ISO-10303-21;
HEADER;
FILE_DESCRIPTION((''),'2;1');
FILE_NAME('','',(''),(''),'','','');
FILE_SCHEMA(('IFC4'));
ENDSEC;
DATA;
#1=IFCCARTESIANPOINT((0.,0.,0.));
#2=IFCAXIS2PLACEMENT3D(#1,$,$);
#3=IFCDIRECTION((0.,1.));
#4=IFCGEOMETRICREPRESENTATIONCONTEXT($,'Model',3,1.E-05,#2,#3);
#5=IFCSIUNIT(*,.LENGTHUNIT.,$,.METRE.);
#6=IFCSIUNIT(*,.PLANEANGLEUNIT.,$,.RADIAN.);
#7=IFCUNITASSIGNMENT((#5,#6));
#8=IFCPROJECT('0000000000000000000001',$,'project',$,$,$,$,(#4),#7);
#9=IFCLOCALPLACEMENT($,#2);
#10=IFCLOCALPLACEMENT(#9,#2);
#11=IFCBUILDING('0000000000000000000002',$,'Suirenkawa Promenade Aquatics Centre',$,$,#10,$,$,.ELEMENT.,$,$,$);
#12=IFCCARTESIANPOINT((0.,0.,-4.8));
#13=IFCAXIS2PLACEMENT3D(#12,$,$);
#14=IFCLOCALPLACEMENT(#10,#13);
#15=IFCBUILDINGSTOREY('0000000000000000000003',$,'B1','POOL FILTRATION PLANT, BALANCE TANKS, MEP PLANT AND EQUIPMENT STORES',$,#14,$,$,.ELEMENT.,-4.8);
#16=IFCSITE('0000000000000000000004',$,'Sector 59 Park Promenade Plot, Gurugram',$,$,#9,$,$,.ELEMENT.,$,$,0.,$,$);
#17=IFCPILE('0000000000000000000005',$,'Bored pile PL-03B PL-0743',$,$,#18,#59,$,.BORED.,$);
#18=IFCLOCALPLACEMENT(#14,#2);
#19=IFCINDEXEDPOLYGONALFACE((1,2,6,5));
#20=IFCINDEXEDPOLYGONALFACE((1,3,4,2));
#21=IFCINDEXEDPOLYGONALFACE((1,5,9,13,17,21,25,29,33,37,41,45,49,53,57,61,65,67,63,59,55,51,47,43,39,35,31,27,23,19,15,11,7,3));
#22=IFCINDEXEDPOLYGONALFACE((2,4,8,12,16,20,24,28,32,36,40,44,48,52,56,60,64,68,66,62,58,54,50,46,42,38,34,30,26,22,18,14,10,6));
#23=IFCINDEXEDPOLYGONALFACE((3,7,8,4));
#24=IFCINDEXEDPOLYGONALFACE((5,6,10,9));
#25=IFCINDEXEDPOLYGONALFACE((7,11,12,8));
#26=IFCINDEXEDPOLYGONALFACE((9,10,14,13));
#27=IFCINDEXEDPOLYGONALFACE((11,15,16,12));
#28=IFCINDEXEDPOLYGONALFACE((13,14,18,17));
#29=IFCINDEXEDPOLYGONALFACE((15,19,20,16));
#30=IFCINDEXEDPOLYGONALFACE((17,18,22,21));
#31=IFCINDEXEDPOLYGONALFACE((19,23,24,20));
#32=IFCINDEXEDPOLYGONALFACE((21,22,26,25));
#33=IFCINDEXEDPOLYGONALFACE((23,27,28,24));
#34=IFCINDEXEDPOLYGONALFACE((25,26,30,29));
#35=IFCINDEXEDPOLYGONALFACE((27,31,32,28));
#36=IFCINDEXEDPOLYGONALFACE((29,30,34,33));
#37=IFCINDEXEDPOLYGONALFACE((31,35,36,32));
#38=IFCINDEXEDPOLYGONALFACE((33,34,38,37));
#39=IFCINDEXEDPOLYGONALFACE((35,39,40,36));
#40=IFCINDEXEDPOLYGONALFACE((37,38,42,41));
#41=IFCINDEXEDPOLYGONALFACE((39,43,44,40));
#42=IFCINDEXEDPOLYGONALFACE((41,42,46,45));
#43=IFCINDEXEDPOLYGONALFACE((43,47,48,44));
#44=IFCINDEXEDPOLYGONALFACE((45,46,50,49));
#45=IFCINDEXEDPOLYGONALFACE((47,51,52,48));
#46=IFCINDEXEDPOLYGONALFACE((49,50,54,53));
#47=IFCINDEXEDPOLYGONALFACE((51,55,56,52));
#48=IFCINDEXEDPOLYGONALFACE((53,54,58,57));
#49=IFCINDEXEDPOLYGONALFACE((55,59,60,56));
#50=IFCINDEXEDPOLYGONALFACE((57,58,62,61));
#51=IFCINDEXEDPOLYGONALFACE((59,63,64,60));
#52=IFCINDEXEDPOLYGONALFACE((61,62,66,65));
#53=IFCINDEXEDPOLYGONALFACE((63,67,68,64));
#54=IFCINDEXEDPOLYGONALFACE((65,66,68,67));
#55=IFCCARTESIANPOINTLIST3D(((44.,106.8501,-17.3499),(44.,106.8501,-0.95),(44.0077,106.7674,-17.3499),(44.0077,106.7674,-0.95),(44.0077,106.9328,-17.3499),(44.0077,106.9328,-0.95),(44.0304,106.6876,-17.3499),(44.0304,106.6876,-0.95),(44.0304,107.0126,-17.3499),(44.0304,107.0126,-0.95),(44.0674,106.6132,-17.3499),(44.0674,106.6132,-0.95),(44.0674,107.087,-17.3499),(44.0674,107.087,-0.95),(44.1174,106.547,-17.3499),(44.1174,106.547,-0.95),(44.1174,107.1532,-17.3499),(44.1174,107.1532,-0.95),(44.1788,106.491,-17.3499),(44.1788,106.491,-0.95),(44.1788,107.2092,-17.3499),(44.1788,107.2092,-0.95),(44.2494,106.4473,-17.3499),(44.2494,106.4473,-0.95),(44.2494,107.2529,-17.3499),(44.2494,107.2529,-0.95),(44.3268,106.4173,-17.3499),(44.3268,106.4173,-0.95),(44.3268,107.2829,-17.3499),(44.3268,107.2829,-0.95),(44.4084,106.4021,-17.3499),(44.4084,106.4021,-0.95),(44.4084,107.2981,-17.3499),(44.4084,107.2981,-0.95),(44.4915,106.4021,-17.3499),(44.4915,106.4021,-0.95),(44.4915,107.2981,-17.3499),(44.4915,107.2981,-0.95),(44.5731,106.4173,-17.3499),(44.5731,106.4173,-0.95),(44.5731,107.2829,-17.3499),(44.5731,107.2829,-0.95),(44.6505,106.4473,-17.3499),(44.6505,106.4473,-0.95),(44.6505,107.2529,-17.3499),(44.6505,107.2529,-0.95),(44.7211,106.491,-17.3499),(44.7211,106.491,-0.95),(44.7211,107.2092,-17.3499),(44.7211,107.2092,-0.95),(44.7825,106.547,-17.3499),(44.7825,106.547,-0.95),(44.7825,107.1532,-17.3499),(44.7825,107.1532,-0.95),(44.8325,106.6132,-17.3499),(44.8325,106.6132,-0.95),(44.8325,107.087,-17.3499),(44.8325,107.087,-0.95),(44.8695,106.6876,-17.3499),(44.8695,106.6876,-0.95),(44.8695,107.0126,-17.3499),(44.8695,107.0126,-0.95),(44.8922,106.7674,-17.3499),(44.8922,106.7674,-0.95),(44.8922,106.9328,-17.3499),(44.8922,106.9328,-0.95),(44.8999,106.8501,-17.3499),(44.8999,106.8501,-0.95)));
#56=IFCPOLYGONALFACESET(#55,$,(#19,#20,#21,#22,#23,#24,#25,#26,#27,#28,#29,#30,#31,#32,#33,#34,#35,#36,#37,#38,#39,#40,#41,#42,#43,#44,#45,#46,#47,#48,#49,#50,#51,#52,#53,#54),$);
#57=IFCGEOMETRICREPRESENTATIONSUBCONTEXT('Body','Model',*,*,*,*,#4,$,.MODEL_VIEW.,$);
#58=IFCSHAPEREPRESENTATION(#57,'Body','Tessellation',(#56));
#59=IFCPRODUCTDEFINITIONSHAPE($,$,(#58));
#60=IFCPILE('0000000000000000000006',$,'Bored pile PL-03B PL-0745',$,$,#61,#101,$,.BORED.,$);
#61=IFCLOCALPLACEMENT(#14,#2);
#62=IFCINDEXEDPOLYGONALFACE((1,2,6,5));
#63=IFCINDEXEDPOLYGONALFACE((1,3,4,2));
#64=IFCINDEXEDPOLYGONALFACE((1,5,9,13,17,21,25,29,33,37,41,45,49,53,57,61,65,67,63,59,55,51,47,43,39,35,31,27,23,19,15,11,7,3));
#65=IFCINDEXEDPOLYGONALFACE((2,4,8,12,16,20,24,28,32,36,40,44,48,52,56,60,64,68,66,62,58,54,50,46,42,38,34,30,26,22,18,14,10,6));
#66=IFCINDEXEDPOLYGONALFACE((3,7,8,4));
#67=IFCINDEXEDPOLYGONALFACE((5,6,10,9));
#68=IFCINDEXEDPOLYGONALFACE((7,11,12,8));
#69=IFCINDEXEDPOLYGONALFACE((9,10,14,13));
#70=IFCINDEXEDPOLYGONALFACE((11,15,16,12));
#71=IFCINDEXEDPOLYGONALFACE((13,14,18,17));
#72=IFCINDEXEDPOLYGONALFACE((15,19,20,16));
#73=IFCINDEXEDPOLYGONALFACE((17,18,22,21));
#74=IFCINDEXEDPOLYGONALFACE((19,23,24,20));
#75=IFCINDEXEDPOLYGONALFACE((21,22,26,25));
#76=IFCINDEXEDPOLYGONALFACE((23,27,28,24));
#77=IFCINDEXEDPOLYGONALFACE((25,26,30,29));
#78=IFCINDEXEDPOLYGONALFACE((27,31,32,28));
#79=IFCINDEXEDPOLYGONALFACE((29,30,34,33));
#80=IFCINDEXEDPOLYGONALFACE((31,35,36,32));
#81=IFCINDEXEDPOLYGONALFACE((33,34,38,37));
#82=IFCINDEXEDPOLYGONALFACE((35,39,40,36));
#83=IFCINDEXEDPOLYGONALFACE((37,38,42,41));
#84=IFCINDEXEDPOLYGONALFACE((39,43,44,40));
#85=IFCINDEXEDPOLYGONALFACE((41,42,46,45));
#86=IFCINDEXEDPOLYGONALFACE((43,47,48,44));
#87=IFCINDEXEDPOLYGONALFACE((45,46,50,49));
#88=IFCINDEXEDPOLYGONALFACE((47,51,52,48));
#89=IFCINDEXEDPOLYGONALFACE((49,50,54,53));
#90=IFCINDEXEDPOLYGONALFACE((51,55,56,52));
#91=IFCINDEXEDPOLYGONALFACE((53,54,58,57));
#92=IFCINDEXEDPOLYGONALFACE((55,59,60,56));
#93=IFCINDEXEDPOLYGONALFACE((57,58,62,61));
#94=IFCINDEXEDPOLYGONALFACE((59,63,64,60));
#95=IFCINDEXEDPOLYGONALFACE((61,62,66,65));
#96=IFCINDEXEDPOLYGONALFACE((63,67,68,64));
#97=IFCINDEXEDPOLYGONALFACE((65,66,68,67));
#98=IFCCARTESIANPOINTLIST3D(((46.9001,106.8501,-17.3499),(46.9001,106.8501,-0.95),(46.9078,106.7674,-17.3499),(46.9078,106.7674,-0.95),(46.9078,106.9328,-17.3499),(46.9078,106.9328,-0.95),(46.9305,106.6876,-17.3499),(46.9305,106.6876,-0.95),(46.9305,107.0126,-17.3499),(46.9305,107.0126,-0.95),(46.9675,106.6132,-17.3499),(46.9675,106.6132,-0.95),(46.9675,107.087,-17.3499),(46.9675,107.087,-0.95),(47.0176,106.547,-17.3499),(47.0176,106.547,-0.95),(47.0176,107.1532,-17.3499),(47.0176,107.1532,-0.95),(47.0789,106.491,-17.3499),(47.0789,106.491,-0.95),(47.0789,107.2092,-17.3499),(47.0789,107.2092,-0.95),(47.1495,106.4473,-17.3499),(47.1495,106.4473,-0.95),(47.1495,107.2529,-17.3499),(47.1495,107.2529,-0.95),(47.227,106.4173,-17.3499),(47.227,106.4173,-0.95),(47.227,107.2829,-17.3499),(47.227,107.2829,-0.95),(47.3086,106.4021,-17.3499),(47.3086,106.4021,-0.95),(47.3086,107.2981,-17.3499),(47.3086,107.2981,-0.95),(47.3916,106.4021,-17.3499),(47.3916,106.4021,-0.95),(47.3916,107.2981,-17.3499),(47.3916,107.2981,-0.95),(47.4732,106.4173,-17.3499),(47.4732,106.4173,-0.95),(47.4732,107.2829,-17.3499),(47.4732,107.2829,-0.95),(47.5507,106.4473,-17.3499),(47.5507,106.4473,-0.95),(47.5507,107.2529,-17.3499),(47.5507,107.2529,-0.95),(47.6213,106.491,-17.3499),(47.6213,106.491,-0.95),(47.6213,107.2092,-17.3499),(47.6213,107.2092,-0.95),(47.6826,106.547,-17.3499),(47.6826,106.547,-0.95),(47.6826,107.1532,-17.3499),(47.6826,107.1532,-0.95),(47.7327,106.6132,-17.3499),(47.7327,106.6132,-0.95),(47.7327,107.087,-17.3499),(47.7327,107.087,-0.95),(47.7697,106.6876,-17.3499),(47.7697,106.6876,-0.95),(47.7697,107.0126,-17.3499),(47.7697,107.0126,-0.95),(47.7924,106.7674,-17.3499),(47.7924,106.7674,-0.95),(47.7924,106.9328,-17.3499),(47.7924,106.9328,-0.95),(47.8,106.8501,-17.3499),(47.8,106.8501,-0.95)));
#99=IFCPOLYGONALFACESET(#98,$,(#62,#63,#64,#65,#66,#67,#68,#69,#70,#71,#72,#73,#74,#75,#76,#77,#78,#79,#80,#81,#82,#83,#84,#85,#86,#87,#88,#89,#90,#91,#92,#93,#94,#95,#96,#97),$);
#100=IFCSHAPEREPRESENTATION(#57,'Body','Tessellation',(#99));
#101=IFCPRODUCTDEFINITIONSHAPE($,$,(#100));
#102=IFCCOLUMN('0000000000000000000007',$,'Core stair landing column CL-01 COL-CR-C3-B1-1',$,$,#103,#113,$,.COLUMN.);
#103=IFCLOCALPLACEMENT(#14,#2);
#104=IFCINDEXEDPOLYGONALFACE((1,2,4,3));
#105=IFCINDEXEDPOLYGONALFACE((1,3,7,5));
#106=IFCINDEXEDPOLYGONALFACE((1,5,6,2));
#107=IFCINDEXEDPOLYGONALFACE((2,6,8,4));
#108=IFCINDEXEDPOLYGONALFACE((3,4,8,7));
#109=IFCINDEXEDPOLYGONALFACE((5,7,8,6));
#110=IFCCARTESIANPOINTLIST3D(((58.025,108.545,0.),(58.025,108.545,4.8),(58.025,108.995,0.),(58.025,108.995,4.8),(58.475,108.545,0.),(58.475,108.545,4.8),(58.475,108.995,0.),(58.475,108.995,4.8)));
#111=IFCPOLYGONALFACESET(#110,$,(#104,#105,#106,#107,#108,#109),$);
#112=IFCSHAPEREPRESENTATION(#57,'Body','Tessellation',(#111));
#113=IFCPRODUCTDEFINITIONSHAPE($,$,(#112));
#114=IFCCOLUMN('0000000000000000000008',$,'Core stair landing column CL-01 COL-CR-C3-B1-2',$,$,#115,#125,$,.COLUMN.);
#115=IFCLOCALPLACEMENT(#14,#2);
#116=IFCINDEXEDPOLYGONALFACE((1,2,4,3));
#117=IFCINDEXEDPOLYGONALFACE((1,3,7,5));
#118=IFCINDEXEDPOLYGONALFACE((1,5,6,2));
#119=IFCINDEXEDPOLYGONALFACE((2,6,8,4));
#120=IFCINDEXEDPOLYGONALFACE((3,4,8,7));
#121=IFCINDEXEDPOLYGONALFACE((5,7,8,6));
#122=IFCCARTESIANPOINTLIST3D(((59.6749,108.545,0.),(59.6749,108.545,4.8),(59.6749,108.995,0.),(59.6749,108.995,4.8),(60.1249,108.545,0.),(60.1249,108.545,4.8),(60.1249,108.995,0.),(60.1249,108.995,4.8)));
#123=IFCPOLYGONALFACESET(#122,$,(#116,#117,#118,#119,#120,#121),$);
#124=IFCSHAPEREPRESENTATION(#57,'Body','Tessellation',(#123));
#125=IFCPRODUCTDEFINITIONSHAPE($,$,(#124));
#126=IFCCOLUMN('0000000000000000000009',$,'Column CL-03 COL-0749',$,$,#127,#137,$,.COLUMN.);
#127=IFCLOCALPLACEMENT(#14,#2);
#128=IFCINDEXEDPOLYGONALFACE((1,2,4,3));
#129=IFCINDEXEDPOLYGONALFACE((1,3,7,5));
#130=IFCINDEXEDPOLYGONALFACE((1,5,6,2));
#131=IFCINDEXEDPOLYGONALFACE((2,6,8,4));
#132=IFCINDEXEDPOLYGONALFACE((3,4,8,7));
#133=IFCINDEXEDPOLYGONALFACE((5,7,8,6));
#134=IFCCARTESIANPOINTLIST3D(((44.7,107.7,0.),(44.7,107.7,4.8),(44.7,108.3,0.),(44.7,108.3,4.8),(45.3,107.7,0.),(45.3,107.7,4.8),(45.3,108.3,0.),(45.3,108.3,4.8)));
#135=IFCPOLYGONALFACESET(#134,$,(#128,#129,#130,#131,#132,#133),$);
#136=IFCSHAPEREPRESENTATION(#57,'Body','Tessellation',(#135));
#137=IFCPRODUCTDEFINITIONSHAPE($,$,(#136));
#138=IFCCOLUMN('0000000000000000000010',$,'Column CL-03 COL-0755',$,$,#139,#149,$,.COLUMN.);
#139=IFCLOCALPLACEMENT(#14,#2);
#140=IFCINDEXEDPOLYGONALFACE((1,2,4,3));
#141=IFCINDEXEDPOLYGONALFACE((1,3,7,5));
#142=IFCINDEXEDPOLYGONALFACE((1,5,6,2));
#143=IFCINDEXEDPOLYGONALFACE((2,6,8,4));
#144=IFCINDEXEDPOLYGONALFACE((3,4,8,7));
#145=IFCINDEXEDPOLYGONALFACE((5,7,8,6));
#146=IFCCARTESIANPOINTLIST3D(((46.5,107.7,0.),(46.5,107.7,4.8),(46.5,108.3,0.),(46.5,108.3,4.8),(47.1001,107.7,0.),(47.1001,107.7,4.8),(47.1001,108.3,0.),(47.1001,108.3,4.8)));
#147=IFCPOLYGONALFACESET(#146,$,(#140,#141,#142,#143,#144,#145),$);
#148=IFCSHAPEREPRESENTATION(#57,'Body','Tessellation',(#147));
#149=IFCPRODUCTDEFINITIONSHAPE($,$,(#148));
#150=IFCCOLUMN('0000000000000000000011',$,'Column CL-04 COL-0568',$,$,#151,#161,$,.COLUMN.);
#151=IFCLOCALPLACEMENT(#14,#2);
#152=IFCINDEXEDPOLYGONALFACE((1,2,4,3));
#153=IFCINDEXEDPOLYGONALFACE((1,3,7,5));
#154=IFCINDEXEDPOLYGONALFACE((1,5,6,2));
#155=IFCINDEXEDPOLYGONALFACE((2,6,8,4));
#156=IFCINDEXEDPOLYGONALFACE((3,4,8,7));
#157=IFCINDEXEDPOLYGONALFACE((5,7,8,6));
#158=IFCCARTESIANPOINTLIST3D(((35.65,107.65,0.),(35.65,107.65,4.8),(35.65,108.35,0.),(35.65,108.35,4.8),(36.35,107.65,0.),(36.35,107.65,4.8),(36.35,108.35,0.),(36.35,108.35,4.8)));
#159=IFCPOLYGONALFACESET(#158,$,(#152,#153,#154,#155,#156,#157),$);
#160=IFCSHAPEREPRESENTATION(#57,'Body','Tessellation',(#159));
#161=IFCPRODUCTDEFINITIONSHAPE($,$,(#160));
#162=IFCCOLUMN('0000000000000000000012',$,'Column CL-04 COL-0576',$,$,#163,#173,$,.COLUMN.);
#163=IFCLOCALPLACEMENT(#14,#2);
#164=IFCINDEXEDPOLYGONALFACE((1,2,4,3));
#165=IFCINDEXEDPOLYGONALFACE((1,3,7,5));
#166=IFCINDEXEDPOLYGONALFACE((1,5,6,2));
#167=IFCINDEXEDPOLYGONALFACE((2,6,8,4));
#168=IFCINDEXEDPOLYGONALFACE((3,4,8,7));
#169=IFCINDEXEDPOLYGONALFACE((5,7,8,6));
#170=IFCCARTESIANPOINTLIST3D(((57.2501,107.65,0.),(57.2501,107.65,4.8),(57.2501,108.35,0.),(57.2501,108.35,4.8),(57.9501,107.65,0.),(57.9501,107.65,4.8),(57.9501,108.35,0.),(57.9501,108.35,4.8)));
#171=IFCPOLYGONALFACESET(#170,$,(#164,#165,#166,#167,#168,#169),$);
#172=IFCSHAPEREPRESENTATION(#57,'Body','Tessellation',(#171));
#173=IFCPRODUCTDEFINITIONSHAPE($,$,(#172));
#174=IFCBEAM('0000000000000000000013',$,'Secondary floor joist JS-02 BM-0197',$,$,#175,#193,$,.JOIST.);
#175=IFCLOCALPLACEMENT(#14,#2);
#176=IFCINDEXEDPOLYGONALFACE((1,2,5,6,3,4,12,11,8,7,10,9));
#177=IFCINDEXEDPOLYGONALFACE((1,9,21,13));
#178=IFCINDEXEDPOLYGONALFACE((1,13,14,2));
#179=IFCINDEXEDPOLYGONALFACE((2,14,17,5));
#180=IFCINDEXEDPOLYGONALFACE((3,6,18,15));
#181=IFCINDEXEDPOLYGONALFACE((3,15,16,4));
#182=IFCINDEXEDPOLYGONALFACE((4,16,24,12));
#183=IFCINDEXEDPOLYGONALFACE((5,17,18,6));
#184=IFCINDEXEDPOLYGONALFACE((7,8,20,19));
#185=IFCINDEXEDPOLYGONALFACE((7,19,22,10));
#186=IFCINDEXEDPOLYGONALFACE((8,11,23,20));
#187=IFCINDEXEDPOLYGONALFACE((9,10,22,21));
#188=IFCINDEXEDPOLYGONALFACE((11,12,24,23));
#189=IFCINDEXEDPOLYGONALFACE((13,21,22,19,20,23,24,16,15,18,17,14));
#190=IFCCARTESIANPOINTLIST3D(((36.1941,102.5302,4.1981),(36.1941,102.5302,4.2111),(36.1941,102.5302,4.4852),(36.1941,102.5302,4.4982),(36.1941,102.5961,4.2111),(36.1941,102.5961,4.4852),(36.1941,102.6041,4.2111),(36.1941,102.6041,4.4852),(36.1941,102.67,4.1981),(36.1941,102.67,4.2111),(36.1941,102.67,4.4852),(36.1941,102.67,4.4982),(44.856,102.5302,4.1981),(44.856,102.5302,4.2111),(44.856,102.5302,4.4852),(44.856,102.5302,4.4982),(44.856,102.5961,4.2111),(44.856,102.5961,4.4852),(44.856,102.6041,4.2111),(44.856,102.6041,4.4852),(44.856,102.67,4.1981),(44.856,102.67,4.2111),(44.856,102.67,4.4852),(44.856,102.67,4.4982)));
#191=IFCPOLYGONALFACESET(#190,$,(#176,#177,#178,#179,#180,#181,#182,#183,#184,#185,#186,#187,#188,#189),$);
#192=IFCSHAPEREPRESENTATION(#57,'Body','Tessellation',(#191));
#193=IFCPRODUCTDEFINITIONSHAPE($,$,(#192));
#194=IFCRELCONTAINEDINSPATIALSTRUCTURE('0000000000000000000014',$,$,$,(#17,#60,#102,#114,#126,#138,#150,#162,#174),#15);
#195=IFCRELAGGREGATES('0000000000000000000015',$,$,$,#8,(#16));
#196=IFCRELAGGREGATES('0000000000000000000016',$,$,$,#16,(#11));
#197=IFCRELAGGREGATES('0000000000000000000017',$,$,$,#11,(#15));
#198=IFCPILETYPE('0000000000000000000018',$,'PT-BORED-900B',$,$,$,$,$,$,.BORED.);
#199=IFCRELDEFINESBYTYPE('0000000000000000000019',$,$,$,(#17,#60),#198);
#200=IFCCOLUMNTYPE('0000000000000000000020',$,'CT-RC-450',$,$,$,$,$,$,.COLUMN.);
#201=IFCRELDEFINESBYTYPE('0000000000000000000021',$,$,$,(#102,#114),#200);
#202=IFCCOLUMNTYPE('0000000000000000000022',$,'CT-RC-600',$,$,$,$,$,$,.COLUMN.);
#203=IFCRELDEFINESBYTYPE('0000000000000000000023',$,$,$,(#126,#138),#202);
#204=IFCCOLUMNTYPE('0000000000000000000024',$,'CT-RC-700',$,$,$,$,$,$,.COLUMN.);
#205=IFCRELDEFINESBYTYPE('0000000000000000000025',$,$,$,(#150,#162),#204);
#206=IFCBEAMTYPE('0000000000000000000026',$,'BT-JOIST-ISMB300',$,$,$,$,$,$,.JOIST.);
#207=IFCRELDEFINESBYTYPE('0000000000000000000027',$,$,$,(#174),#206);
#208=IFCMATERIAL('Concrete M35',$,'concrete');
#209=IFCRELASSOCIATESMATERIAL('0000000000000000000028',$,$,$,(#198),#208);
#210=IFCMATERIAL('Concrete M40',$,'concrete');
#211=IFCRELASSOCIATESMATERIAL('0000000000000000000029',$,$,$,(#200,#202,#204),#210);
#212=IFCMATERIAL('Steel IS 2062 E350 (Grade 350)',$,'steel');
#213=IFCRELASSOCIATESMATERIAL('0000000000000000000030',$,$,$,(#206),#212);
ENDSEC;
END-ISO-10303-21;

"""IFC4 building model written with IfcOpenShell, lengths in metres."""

from ifc_helpers import new_model, si_unit, direction, frame, origin, origin_2d, place, context, subcontext, project, spatial, rectangle, circle, i_section, extrude, material, material_profile, profile_set, type_object, element, save


model = new_model("IFC4")

# Units and contexts
model_context = context("Model", 3, precision=1e-05, world=origin(), true_north=direction((0.0, 1.0)))
body_context = subcontext(model_context, "Body", "Model", "MODEL_VIEW")
ifc_project = project(units=[si_unit("LENGTHUNIT", "METRE"), si_unit("PLANEANGLEUNIT", "RADIAN")], contexts=[model_context])

# Site, building, storey
site_placement = place(None, origin())
site = spatial("IfcSite", under=ifc_project, at=site_placement, Name="Sector 59 Park Promenade Plot, Gurugram", CompositionType="ELEMENT", RefElevation=0.0)
building_placement = place(site_placement, origin())
building = spatial("IfcBuilding", under=site, at=building_placement, Name="Suirenkawa Promenade Aquatics Centre", CompositionType="ELEMENT")
storey_placement = place(building_placement, frame((0.0, 0.0, -4.8)))
storey = spatial("IfcBuildingStorey", under=building, at=storey_placement, Name="B1", Description="POOL FILTRATION PLANT, BALANCE TANKS, MEP PLANT AND EQUIPMENT STORES", CompositionType="ELEMENT", Elevation=-4.8)

# Shared definitions
ifc_material_1 = material(Name="Concrete M35", Category="concrete")

# Piles
ifc_material_profile_1 = material_profile(ifc_material_1, circle(Radius=0.45, at=origin_2d()), Name="PILE D900", Category="concrete")
ifc_profile_set_1 = profile_set([ifc_material_profile_1], Name="Concrete M35")
pile_type_1 = type_object("IfcPileType", Name="PT-BORED-900B", PredefinedType="BORED", material=ifc_profile_set_1)
for number, where, z_axis, x_axis, name in (
    (1, (44.45, 106.8501, -0.95), (0.0, 0.0, -1.0), (1.0, 0.0, 0.0), "Bored pile PL-03B PL-0743"),
    (2, (47.3501, 106.8501, -0.95), (0.0, 0.0, -1.0), (1.0, 0.0, 0.0), "Bored pile PL-03B PL-0745"),
):
    element("IfcPile", number, at=place(storey_placement, frame(where, z_axis=z_axis, x_axis=x_axis)), inside=storey, type_object=pile_type_1, Name=name, PredefinedType="BORED", context=body_context, shape_type="SweptSolid", body=[
        extrude(circle(Radius=0.45, at=origin_2d()), origin(), (0.0, 0.0, 1.0), 16.3999),
    ])

# Columns
ifc_material_2 = material(Name="Concrete M40", Category="concrete")
ifc_material_profile_2 = material_profile(ifc_material_2, rectangle(XDim=0.45, YDim=0.45, at=origin_2d()), Name="RC COL 450x450", Category="concrete")
ifc_profile_set_2 = profile_set([ifc_material_profile_2], Name="Concrete M40")
column_type_1 = type_object("IfcColumnType", Name="CT-RC-450", PredefinedType="COLUMN", material=ifc_profile_set_2)
for number, where, z_axis, x_axis, name in (
    (3, (58.25, 108.77, 0.0), (0.0, 0.0, 1.0), (1.0, 0.0, 0.0), "Core stair landing column CL-01 COL-CR-C3-B1-1"),
    (4, (59.8999, 108.77, 0.0), (0.0, 0.0, 1.0), (1.0, 0.0, 0.0), "Core stair landing column CL-01 COL-CR-C3-B1-2"),
):
    element("IfcColumn", number, at=place(storey_placement, frame(where, z_axis=z_axis, x_axis=x_axis)), inside=storey, type_object=column_type_1, Name=name, PredefinedType="COLUMN", context=body_context, shape_type="SweptSolid", body=[
        extrude(rectangle(XDim=0.45, YDim=0.45, at=origin_2d()), origin(), (0.0, 0.0, 1.0), 4.8),
    ])
ifc_material_profile_3 = material_profile(ifc_material_2, rectangle(XDim=0.6001, YDim=0.6001, at=origin_2d()), Name="RC COL 600x600", Category="concrete")
ifc_profile_set_3 = profile_set([ifc_material_profile_3], Name="Concrete M40")
column_type_2 = type_object("IfcColumnType", Name="CT-RC-600", PredefinedType="COLUMN", material=ifc_profile_set_3)
for number, where, z_axis, x_axis, name in (
    (5, (45.0, 108.0, 0.0), (0.0, 0.0, 1.0), (1.0, 0.0, 0.0), "Column CL-03 COL-0749"),
    (6, (46.8, 108.0, 0.0), (0.0, 0.0, 1.0), (1.0, 0.0, 0.0), "Column CL-03 COL-0755"),
):
    element("IfcColumn", number, at=place(storey_placement, frame(where, z_axis=z_axis, x_axis=x_axis)), inside=storey, type_object=column_type_2, Name=name, PredefinedType="COLUMN", context=body_context, shape_type="SweptSolid", body=[
        extrude(rectangle(XDim=0.6001, YDim=0.6001, at=origin_2d()), origin(), (0.0, 0.0, 1.0), 4.8),
    ])
ifc_material_profile_4 = material_profile(ifc_material_2, rectangle(XDim=0.7, YDim=0.7, at=origin_2d()), Name="RC COL 700x700", Category="concrete")
ifc_profile_set_4 = profile_set([ifc_material_profile_4], Name="Concrete M40")
column_type_3 = type_object("IfcColumnType", Name="CT-RC-700", PredefinedType="COLUMN", material=ifc_profile_set_4)
for number, where, z_axis, x_axis, name in (
    (7, (36.0, 108.0, 0.0), (0.0, 0.0, 1.0), (1.0, 0.0, 0.0), "Column CL-04 COL-0568"),
    (8, (57.6001, 108.0, 0.0), (0.0, 0.0, 1.0), (1.0, 0.0, 0.0), "Column CL-04 COL-0576"),
):
    element("IfcColumn", number, at=place(storey_placement, frame(where, z_axis=z_axis, x_axis=x_axis)), inside=storey, type_object=column_type_3, Name=name, PredefinedType="COLUMN", context=body_context, shape_type="SweptSolid", body=[
        extrude(rectangle(XDim=0.7, YDim=0.7, at=origin_2d()), origin(), (0.0, 0.0, 1.0), 4.8),
    ])

# Beam
ifc_material_3 = material(Name="Steel IS 2062 E350 (Grade 350)", Category="steel")
ifc_material_profile_5 = material_profile(ifc_material_3, i_section(OverallWidth=0.1399, OverallDepth=0.3, WebThickness=0.0081, FlangeThickness=0.0129, at=origin_2d()), Name="ISMB 300", Category="steel")
ifc_profile_set_5 = profile_set([ifc_material_profile_5], Name="Steel IS 2062 E350 (Grade 350)")
beam_type_1 = type_object("IfcBeamType", Name="BT-JOIST-ISMB300", PredefinedType="JOIST", material=ifc_profile_set_5)
beam_1_placement = place(storey_placement, frame((36.1941, 102.6001, 4.3481), z_axis=(1.0, 0.0, 0.0), x_axis=(0.0, 1.0, 0.0)))
element("IfcBeam", 9, at=beam_1_placement, inside=storey, type_object=beam_type_1, Name="Secondary floor joist JS-02 BM-0197", PredefinedType="JOIST", context=body_context, shape_type="SweptSolid", body=[
    extrude(i_section(OverallWidth=0.1399, OverallDepth=0.3, WebThickness=0.0081, FlangeThickness=0.0129, at=origin_2d()), origin(), (0.0, 0.0, 1.0), 8.6619),
])

save(model, "model.ifc")
